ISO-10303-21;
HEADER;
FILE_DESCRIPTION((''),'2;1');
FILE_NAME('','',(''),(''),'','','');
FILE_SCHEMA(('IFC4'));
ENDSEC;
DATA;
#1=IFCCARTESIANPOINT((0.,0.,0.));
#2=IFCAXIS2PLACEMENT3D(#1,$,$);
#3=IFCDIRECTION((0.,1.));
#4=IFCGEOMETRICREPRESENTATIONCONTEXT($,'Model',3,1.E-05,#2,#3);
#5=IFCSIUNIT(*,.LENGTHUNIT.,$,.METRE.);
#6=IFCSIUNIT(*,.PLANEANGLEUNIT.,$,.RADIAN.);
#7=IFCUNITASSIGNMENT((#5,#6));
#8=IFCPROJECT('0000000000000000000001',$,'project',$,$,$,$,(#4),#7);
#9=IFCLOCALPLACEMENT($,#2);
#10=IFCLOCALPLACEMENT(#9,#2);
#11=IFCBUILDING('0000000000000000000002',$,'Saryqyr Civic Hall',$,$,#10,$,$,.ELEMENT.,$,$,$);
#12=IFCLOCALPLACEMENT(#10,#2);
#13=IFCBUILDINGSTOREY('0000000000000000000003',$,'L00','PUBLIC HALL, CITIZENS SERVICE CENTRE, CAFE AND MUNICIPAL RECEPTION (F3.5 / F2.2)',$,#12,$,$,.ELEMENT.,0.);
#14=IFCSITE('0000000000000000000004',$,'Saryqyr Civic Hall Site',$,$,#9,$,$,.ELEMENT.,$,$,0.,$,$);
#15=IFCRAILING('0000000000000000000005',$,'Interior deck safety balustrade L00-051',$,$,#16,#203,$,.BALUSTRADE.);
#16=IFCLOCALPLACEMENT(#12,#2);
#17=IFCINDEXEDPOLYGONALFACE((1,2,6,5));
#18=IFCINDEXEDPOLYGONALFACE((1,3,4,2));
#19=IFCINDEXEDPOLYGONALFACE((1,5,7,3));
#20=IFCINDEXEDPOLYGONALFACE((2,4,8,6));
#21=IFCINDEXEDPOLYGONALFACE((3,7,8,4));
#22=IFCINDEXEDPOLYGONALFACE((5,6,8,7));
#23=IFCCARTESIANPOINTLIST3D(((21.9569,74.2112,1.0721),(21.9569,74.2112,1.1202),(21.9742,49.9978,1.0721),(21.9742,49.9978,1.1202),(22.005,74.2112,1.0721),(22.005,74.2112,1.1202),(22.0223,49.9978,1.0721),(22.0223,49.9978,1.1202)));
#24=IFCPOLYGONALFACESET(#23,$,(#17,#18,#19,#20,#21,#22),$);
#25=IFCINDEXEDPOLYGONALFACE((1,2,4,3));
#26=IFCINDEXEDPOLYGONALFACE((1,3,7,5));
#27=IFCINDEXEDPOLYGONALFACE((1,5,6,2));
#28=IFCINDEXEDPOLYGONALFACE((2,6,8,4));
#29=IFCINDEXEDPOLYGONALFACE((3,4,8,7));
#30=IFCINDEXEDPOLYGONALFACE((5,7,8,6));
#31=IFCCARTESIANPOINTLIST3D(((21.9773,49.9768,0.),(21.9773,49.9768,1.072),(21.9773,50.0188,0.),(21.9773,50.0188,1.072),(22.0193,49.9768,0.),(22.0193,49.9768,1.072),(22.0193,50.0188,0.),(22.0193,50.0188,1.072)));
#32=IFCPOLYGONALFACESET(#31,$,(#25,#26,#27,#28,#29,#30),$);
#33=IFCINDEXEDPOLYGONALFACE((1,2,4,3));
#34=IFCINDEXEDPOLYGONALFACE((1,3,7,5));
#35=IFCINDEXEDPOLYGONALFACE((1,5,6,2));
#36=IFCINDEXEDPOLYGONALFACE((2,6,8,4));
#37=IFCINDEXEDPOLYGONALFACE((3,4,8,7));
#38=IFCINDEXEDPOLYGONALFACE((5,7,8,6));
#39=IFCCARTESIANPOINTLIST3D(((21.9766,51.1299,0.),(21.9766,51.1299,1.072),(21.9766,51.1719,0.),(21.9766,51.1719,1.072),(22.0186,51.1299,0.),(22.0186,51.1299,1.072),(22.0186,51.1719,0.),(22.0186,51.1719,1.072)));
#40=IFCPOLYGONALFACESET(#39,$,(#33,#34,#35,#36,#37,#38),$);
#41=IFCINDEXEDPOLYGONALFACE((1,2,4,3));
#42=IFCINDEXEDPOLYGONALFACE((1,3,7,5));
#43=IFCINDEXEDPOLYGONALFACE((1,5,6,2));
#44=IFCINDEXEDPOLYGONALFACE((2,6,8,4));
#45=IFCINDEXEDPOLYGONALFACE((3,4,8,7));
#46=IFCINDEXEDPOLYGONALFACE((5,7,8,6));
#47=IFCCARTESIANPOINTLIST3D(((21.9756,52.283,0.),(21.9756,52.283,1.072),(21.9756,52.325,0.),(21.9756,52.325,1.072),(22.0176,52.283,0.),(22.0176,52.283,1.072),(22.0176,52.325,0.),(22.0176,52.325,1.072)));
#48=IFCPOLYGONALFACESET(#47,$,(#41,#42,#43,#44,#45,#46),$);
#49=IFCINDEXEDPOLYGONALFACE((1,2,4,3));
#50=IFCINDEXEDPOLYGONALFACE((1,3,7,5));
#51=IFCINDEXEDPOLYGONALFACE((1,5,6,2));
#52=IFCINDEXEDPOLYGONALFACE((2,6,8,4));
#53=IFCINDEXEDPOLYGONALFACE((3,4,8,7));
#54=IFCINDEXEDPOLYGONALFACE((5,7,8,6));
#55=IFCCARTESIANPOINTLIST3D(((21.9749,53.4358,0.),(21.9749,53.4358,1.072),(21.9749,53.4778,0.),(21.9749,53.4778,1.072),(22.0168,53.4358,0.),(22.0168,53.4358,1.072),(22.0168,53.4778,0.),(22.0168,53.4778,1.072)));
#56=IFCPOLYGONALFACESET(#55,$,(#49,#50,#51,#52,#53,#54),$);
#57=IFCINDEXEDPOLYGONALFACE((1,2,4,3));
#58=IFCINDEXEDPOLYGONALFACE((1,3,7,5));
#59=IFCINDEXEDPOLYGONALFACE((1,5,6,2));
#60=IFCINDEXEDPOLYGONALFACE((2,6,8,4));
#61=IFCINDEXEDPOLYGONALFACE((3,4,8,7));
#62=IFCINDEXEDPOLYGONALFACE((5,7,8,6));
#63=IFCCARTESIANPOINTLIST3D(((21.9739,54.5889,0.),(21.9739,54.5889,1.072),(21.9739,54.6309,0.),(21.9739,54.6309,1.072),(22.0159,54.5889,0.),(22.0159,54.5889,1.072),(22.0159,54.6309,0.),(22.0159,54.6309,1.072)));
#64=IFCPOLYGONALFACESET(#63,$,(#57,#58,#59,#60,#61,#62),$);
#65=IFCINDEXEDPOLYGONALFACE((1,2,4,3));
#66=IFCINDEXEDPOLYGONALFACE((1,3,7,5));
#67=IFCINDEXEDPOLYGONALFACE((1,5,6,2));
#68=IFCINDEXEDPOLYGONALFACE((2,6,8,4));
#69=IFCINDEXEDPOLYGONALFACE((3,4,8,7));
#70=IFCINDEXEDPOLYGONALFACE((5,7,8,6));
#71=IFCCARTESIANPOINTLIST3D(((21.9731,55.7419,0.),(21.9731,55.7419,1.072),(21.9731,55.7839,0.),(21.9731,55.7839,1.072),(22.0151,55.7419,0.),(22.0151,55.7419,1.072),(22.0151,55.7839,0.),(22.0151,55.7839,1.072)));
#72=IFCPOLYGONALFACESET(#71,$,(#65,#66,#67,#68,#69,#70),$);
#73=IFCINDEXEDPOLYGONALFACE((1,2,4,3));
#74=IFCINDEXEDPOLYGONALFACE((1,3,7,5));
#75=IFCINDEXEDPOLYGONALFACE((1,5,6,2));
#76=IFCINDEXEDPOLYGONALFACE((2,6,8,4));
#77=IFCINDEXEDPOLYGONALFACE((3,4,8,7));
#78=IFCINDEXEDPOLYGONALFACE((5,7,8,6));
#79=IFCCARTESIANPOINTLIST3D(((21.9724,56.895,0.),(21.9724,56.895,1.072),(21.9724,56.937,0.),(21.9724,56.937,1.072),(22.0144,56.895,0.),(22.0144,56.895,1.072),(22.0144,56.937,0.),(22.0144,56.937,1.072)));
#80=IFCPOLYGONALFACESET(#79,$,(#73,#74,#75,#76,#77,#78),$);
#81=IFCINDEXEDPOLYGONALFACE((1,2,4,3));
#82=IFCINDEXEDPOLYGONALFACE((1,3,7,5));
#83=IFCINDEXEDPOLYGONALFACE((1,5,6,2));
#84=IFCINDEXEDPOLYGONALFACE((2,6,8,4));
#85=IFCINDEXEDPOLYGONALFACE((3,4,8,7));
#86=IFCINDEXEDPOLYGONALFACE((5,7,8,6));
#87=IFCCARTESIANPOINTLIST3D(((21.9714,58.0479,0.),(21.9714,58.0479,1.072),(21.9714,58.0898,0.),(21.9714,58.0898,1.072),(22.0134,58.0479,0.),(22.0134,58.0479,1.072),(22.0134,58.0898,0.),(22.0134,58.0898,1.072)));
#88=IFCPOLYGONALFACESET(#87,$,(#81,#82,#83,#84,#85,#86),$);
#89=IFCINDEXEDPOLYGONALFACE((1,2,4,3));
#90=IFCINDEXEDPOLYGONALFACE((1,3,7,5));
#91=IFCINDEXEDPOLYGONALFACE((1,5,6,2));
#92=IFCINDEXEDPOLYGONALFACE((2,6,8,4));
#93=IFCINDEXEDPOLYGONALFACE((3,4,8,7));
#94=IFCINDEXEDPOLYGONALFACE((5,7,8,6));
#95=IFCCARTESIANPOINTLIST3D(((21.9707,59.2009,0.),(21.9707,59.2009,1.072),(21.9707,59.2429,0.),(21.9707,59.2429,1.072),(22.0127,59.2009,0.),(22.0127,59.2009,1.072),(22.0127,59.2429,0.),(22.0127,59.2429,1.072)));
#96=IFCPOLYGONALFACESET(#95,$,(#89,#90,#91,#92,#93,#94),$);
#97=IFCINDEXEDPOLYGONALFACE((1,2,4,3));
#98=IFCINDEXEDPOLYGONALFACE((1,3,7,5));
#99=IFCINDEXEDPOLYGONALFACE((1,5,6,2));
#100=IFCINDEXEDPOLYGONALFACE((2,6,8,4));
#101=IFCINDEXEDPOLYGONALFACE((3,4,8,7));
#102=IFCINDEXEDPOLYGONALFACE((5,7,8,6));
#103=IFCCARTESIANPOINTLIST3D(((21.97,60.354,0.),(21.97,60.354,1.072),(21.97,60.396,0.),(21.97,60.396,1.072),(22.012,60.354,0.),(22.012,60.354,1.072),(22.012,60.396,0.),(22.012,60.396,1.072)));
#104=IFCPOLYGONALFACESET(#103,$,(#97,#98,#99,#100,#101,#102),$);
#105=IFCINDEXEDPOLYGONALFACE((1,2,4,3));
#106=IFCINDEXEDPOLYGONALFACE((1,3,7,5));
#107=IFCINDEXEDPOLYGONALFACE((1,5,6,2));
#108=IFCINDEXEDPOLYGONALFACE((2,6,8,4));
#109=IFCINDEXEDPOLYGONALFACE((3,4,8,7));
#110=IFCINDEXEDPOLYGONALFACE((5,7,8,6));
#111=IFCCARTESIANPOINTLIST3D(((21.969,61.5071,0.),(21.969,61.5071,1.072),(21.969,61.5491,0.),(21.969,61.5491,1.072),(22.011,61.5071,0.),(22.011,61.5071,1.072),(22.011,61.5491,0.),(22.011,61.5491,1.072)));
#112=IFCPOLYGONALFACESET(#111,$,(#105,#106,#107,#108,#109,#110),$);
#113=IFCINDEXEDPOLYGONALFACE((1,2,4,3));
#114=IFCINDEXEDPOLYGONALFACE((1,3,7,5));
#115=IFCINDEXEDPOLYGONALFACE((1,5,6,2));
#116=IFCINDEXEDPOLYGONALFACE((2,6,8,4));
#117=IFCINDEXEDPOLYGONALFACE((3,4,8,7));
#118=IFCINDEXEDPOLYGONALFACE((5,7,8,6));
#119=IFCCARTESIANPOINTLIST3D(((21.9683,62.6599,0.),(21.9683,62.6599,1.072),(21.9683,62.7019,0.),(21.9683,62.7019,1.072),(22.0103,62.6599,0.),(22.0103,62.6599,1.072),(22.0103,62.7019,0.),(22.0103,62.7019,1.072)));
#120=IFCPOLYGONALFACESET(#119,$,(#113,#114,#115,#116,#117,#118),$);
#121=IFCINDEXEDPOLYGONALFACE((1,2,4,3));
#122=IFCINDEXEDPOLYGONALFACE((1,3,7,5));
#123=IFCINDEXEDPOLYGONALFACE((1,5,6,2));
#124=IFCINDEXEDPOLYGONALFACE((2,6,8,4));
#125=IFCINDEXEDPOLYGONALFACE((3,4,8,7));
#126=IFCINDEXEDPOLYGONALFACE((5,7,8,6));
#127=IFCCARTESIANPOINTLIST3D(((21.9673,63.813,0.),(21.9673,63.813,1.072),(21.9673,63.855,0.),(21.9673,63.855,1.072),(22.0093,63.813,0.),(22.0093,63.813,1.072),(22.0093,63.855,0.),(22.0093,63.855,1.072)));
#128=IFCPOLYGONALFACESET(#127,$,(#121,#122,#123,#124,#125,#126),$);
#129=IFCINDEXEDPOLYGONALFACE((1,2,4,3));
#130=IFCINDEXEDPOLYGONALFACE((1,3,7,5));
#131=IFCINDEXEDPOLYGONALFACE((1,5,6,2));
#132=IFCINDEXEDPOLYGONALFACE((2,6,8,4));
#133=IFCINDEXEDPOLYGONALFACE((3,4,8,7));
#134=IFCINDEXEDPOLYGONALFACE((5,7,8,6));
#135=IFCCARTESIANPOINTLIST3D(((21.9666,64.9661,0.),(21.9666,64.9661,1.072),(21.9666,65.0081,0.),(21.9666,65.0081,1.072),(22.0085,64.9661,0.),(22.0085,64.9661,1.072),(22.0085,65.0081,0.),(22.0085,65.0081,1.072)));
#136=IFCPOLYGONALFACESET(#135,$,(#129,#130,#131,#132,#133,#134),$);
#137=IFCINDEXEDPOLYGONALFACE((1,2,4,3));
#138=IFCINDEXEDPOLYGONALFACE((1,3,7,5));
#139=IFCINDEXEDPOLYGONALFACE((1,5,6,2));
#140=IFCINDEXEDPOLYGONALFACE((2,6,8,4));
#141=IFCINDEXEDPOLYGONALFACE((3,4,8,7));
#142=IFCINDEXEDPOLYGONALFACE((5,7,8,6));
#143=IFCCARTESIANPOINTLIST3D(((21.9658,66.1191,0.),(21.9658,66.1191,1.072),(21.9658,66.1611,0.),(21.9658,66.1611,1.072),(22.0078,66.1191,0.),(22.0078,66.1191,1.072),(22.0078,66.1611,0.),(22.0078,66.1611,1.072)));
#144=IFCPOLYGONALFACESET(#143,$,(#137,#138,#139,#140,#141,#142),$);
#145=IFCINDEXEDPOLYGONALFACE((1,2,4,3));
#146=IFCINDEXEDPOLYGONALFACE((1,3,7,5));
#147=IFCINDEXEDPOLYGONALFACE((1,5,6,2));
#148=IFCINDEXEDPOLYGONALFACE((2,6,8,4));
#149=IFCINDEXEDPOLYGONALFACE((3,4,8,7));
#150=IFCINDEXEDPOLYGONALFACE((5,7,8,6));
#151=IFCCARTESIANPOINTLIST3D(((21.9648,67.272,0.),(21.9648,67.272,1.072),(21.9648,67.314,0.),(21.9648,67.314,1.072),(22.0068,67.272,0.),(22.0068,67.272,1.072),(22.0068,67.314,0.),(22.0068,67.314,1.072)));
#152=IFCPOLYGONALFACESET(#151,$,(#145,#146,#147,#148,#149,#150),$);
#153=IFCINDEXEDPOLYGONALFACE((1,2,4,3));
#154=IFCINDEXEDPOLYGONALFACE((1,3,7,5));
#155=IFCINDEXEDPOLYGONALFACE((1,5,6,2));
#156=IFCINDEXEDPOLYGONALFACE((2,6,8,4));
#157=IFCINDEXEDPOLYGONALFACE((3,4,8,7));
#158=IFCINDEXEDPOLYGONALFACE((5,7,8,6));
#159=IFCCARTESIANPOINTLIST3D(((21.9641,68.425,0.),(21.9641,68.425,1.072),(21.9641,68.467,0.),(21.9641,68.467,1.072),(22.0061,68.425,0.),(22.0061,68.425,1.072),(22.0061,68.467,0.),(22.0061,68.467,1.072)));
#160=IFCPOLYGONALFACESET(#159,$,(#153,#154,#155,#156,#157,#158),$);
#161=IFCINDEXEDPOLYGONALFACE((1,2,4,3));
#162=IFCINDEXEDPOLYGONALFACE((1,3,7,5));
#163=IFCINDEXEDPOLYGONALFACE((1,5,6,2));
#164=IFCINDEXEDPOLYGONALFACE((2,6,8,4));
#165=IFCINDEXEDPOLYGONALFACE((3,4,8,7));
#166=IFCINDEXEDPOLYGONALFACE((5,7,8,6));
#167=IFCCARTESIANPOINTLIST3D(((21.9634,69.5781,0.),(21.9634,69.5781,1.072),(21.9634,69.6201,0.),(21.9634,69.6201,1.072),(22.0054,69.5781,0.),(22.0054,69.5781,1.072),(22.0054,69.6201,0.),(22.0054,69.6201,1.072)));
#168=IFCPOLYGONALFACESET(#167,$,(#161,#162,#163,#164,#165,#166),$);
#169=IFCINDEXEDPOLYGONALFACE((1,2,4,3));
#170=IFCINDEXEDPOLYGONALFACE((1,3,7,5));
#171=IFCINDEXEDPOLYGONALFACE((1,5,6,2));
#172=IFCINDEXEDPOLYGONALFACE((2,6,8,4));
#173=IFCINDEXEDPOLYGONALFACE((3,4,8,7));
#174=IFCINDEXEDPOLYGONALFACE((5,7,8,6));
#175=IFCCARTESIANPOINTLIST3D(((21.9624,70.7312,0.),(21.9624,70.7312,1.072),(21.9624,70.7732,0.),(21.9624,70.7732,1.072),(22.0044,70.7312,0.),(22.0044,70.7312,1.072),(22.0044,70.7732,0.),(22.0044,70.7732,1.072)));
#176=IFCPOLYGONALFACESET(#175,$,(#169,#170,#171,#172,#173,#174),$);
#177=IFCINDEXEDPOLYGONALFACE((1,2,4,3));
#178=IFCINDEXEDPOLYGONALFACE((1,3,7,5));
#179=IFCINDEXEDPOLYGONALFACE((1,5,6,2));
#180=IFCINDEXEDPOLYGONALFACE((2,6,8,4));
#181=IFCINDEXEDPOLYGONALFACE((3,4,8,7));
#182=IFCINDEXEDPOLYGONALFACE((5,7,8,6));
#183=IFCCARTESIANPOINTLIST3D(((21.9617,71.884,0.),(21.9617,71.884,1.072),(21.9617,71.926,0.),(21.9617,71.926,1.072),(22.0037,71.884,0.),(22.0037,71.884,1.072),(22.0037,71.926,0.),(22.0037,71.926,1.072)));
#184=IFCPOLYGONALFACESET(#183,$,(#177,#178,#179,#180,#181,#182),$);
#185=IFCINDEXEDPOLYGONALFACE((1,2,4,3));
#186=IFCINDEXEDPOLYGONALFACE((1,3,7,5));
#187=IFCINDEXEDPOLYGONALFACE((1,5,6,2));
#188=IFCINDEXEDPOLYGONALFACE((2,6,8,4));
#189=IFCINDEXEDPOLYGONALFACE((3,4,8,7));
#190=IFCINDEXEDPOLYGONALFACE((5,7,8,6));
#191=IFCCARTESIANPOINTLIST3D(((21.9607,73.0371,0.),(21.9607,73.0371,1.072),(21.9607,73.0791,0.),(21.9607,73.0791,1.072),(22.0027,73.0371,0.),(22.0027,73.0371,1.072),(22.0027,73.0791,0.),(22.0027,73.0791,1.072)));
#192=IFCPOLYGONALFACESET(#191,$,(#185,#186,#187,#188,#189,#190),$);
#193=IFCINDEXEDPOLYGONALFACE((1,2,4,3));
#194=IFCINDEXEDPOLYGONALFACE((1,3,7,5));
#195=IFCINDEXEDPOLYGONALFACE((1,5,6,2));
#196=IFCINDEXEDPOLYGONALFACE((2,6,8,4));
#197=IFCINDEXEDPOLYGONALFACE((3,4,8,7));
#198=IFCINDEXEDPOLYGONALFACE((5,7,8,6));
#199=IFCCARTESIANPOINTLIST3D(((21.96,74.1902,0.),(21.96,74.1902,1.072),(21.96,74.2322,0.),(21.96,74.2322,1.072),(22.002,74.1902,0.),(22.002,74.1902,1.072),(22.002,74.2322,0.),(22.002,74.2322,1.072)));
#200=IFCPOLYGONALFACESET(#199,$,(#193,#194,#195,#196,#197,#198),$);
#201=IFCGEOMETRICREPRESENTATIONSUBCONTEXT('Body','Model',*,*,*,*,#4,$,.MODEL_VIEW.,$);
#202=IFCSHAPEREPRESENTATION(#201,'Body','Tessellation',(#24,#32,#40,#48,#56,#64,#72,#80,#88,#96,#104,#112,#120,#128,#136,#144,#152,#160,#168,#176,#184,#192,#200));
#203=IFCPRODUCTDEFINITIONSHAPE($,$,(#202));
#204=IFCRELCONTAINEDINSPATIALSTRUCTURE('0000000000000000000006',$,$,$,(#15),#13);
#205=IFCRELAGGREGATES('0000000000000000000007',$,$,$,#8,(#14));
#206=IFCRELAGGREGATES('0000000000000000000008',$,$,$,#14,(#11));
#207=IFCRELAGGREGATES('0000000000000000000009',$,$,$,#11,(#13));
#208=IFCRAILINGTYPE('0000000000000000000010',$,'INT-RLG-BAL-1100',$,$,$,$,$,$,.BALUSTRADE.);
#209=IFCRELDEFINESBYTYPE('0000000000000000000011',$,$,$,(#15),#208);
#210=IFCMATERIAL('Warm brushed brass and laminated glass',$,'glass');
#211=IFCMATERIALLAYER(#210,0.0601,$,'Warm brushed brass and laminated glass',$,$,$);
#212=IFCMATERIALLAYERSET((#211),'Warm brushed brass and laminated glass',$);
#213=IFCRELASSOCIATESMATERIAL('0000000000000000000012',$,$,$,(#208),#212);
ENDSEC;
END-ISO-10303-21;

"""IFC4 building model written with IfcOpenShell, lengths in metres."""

from ifc_helpers import new_model, si_unit, direction, frame, origin, origin_2d, place, context, subcontext, project, spatial, rectangle, extrude, material, layer, layer_set, type_object, element, save


model = new_model("IFC4")

# Units and contexts
model_context = context("Model", 3, precision=1e-05, world=origin(), true_north=direction((0.0, 1.0)))
body_context = subcontext(model_context, "Body", "Model", "MODEL_VIEW")
ifc_project = project(units=[si_unit("LENGTHUNIT", "METRE"), si_unit("PLANEANGLEUNIT", "RADIAN")], contexts=[model_context])

# Site, building, storey
site_placement = place(None, origin())
site = spatial("IfcSite", under=ifc_project, at=site_placement, Name="Saryqyr Civic Hall Site", CompositionType="ELEMENT", RefElevation=0.0)
building_placement = place(site_placement, origin())
building = spatial("IfcBuilding", under=site, at=building_placement, Name="Saryqyr Civic Hall", CompositionType="ELEMENT")
storey_placement = place(building_placement, origin())
storey = spatial("IfcBuildingStorey", under=building, at=storey_placement, Name="L00", Description="PUBLIC HALL, CITIZENS SERVICE CENTRE, CAFE AND MUNICIPAL RECEPTION (F3.5 / F2.2)", CompositionType="ELEMENT", Elevation=0.0)

# Railing
ifc_material_1 = material(Name="Warm brushed brass and laminated glass", Category="glass")
ifc_layer_1 = layer(ifc_material_1, 0.0601, Name="Warm brushed brass and laminated glass")
ifc_layer_set_1 = layer_set([ifc_layer_1], Name="Warm brushed brass and laminated glass")
railing_type = type_object("IfcRailingType", Name="INT-RLG-BAL-1100", PredefinedType="BALUSTRADE", material=ifc_layer_set_1)
railing_1_placement = place(storey_placement, frame((21.9983, 49.9978, 0.0)))
element("IfcRailing", 1, at=railing_1_placement, inside=storey, type_object=railing_type, Name="Interior deck safety balustrade L00-051", PredefinedType="BALUSTRADE", context=body_context, shape_type="SweptSolid", body=[
    extrude(rectangle(XDim=0.0481, YDim=0.0481, at=origin_2d()), frame((0.0, 0.0, 1.0962), z_axis=(-0.000716, 1.0, 0.0), x_axis=(-1.0, -0.000716, 0.0)), (0.0, 0.0, 1.0), 24.2134),
    extrude(rectangle(XDim=0.042, YDim=0.042, at=origin_2d()), origin(), (0.0, 0.0, 1.0), 1.072),
    extrude(rectangle(XDim=0.042, YDim=0.042, at=origin_2d()), frame((-0.0007, 1.1531, 0.0)), (0.0, 0.0, 1.0), 1.072),
    extrude(rectangle(XDim=0.042, YDim=0.042, at=origin_2d()), frame((-0.0017, 2.3062, 0.0)), (0.0, 0.0, 1.0), 1.072),
    extrude(rectangle(XDim=0.042, YDim=0.042, at=origin_2d()), frame((-0.0024, 3.459, 0.0)), (0.0, 0.0, 1.0), 1.072),
    extrude(rectangle(XDim=0.042, YDim=0.042, at=origin_2d()), frame((-0.0034, 4.6121, 0.0)), (0.0, 0.0, 1.0), 1.072),
    extrude(rectangle(XDim=0.042, YDim=0.042, at=origin_2d()), frame((-0.0042, 5.7651, 0.0)), (0.0, 0.0, 1.0), 1.072),
    extrude(rectangle(XDim=0.042, YDim=0.042, at=origin_2d()), frame((-0.0049, 6.9182, 0.0)), (0.0, 0.0, 1.0), 1.072),
    extrude(rectangle(XDim=0.042, YDim=0.042, at=origin_2d()), frame((-0.0059, 8.071, 0.0)), (0.0, 0.0, 1.0), 1.072),
    extrude(rectangle(XDim=0.042, YDim=0.042, at=origin_2d()), frame((-0.0066, 9.2241, 0.0)), (0.0, 0.0, 1.0), 1.072),
    extrude(rectangle(XDim=0.042, YDim=0.042, at=origin_2d()), frame((-0.0073, 10.3772, 0.0)), (0.0, 0.0, 1.0), 1.072),
    extrude(rectangle(XDim=0.042, YDim=0.042, at=origin_2d()), frame((-0.0083, 11.5303, 0.0)), (0.0, 0.0, 1.0), 1.072),
    extrude(rectangle(XDim=0.042, YDim=0.042, at=origin_2d()), frame((-0.009, 12.6831, 0.0)), (0.0, 0.0, 1.0), 1.072),
    extrude(rectangle(XDim=0.042, YDim=0.042, at=origin_2d()), frame((-0.01, 13.8362, 0.0)), (0.0, 0.0, 1.0), 1.072),
    extrude(rectangle(XDim=0.042, YDim=0.042, at=origin_2d()), frame((-0.0107, 14.9893, 0.0)), (0.0, 0.0, 1.0), 1.072),
    extrude(rectangle(XDim=0.042, YDim=0.042, at=origin_2d()), frame((-0.0115, 16.1423, 0.0)), (0.0, 0.0, 1.0), 1.072),
    extrude(rectangle(XDim=0.042, YDim=0.042, at=origin_2d()), frame((-0.0125, 17.2952, 0.0)), (0.0, 0.0, 1.0), 1.072),
    extrude(rectangle(XDim=0.042, YDim=0.042, at=origin_2d()), frame((-0.0132, 18.4482, 0.0)), (0.0, 0.0, 1.0), 1.072),
    extrude(rectangle(XDim=0.042, YDim=0.042, at=origin_2d()), frame((-0.0139, 19.6013, 0.0)), (0.0, 0.0, 1.0), 1.072),
    extrude(rectangle(XDim=0.042, YDim=0.042, at=origin_2d()), frame((-0.0149, 20.7544, 0.0)), (0.0, 0.0, 1.0), 1.072),
    extrude(rectangle(XDim=0.042, YDim=0.042, at=origin_2d()), frame((-0.0156, 21.9072, 0.0)), (0.0, 0.0, 1.0), 1.072),
    extrude(rectangle(XDim=0.042, YDim=0.042, at=origin_2d()), frame((-0.0166, 23.0603, 0.0)), (0.0, 0.0, 1.0), 1.072),
    extrude(rectangle(XDim=0.042, YDim=0.042, at=origin_2d()), frame((-0.0173, 24.2134, 0.0)), (0.0, 0.0, 1.0), 1.072),
])

save(model, "model.ifc")
